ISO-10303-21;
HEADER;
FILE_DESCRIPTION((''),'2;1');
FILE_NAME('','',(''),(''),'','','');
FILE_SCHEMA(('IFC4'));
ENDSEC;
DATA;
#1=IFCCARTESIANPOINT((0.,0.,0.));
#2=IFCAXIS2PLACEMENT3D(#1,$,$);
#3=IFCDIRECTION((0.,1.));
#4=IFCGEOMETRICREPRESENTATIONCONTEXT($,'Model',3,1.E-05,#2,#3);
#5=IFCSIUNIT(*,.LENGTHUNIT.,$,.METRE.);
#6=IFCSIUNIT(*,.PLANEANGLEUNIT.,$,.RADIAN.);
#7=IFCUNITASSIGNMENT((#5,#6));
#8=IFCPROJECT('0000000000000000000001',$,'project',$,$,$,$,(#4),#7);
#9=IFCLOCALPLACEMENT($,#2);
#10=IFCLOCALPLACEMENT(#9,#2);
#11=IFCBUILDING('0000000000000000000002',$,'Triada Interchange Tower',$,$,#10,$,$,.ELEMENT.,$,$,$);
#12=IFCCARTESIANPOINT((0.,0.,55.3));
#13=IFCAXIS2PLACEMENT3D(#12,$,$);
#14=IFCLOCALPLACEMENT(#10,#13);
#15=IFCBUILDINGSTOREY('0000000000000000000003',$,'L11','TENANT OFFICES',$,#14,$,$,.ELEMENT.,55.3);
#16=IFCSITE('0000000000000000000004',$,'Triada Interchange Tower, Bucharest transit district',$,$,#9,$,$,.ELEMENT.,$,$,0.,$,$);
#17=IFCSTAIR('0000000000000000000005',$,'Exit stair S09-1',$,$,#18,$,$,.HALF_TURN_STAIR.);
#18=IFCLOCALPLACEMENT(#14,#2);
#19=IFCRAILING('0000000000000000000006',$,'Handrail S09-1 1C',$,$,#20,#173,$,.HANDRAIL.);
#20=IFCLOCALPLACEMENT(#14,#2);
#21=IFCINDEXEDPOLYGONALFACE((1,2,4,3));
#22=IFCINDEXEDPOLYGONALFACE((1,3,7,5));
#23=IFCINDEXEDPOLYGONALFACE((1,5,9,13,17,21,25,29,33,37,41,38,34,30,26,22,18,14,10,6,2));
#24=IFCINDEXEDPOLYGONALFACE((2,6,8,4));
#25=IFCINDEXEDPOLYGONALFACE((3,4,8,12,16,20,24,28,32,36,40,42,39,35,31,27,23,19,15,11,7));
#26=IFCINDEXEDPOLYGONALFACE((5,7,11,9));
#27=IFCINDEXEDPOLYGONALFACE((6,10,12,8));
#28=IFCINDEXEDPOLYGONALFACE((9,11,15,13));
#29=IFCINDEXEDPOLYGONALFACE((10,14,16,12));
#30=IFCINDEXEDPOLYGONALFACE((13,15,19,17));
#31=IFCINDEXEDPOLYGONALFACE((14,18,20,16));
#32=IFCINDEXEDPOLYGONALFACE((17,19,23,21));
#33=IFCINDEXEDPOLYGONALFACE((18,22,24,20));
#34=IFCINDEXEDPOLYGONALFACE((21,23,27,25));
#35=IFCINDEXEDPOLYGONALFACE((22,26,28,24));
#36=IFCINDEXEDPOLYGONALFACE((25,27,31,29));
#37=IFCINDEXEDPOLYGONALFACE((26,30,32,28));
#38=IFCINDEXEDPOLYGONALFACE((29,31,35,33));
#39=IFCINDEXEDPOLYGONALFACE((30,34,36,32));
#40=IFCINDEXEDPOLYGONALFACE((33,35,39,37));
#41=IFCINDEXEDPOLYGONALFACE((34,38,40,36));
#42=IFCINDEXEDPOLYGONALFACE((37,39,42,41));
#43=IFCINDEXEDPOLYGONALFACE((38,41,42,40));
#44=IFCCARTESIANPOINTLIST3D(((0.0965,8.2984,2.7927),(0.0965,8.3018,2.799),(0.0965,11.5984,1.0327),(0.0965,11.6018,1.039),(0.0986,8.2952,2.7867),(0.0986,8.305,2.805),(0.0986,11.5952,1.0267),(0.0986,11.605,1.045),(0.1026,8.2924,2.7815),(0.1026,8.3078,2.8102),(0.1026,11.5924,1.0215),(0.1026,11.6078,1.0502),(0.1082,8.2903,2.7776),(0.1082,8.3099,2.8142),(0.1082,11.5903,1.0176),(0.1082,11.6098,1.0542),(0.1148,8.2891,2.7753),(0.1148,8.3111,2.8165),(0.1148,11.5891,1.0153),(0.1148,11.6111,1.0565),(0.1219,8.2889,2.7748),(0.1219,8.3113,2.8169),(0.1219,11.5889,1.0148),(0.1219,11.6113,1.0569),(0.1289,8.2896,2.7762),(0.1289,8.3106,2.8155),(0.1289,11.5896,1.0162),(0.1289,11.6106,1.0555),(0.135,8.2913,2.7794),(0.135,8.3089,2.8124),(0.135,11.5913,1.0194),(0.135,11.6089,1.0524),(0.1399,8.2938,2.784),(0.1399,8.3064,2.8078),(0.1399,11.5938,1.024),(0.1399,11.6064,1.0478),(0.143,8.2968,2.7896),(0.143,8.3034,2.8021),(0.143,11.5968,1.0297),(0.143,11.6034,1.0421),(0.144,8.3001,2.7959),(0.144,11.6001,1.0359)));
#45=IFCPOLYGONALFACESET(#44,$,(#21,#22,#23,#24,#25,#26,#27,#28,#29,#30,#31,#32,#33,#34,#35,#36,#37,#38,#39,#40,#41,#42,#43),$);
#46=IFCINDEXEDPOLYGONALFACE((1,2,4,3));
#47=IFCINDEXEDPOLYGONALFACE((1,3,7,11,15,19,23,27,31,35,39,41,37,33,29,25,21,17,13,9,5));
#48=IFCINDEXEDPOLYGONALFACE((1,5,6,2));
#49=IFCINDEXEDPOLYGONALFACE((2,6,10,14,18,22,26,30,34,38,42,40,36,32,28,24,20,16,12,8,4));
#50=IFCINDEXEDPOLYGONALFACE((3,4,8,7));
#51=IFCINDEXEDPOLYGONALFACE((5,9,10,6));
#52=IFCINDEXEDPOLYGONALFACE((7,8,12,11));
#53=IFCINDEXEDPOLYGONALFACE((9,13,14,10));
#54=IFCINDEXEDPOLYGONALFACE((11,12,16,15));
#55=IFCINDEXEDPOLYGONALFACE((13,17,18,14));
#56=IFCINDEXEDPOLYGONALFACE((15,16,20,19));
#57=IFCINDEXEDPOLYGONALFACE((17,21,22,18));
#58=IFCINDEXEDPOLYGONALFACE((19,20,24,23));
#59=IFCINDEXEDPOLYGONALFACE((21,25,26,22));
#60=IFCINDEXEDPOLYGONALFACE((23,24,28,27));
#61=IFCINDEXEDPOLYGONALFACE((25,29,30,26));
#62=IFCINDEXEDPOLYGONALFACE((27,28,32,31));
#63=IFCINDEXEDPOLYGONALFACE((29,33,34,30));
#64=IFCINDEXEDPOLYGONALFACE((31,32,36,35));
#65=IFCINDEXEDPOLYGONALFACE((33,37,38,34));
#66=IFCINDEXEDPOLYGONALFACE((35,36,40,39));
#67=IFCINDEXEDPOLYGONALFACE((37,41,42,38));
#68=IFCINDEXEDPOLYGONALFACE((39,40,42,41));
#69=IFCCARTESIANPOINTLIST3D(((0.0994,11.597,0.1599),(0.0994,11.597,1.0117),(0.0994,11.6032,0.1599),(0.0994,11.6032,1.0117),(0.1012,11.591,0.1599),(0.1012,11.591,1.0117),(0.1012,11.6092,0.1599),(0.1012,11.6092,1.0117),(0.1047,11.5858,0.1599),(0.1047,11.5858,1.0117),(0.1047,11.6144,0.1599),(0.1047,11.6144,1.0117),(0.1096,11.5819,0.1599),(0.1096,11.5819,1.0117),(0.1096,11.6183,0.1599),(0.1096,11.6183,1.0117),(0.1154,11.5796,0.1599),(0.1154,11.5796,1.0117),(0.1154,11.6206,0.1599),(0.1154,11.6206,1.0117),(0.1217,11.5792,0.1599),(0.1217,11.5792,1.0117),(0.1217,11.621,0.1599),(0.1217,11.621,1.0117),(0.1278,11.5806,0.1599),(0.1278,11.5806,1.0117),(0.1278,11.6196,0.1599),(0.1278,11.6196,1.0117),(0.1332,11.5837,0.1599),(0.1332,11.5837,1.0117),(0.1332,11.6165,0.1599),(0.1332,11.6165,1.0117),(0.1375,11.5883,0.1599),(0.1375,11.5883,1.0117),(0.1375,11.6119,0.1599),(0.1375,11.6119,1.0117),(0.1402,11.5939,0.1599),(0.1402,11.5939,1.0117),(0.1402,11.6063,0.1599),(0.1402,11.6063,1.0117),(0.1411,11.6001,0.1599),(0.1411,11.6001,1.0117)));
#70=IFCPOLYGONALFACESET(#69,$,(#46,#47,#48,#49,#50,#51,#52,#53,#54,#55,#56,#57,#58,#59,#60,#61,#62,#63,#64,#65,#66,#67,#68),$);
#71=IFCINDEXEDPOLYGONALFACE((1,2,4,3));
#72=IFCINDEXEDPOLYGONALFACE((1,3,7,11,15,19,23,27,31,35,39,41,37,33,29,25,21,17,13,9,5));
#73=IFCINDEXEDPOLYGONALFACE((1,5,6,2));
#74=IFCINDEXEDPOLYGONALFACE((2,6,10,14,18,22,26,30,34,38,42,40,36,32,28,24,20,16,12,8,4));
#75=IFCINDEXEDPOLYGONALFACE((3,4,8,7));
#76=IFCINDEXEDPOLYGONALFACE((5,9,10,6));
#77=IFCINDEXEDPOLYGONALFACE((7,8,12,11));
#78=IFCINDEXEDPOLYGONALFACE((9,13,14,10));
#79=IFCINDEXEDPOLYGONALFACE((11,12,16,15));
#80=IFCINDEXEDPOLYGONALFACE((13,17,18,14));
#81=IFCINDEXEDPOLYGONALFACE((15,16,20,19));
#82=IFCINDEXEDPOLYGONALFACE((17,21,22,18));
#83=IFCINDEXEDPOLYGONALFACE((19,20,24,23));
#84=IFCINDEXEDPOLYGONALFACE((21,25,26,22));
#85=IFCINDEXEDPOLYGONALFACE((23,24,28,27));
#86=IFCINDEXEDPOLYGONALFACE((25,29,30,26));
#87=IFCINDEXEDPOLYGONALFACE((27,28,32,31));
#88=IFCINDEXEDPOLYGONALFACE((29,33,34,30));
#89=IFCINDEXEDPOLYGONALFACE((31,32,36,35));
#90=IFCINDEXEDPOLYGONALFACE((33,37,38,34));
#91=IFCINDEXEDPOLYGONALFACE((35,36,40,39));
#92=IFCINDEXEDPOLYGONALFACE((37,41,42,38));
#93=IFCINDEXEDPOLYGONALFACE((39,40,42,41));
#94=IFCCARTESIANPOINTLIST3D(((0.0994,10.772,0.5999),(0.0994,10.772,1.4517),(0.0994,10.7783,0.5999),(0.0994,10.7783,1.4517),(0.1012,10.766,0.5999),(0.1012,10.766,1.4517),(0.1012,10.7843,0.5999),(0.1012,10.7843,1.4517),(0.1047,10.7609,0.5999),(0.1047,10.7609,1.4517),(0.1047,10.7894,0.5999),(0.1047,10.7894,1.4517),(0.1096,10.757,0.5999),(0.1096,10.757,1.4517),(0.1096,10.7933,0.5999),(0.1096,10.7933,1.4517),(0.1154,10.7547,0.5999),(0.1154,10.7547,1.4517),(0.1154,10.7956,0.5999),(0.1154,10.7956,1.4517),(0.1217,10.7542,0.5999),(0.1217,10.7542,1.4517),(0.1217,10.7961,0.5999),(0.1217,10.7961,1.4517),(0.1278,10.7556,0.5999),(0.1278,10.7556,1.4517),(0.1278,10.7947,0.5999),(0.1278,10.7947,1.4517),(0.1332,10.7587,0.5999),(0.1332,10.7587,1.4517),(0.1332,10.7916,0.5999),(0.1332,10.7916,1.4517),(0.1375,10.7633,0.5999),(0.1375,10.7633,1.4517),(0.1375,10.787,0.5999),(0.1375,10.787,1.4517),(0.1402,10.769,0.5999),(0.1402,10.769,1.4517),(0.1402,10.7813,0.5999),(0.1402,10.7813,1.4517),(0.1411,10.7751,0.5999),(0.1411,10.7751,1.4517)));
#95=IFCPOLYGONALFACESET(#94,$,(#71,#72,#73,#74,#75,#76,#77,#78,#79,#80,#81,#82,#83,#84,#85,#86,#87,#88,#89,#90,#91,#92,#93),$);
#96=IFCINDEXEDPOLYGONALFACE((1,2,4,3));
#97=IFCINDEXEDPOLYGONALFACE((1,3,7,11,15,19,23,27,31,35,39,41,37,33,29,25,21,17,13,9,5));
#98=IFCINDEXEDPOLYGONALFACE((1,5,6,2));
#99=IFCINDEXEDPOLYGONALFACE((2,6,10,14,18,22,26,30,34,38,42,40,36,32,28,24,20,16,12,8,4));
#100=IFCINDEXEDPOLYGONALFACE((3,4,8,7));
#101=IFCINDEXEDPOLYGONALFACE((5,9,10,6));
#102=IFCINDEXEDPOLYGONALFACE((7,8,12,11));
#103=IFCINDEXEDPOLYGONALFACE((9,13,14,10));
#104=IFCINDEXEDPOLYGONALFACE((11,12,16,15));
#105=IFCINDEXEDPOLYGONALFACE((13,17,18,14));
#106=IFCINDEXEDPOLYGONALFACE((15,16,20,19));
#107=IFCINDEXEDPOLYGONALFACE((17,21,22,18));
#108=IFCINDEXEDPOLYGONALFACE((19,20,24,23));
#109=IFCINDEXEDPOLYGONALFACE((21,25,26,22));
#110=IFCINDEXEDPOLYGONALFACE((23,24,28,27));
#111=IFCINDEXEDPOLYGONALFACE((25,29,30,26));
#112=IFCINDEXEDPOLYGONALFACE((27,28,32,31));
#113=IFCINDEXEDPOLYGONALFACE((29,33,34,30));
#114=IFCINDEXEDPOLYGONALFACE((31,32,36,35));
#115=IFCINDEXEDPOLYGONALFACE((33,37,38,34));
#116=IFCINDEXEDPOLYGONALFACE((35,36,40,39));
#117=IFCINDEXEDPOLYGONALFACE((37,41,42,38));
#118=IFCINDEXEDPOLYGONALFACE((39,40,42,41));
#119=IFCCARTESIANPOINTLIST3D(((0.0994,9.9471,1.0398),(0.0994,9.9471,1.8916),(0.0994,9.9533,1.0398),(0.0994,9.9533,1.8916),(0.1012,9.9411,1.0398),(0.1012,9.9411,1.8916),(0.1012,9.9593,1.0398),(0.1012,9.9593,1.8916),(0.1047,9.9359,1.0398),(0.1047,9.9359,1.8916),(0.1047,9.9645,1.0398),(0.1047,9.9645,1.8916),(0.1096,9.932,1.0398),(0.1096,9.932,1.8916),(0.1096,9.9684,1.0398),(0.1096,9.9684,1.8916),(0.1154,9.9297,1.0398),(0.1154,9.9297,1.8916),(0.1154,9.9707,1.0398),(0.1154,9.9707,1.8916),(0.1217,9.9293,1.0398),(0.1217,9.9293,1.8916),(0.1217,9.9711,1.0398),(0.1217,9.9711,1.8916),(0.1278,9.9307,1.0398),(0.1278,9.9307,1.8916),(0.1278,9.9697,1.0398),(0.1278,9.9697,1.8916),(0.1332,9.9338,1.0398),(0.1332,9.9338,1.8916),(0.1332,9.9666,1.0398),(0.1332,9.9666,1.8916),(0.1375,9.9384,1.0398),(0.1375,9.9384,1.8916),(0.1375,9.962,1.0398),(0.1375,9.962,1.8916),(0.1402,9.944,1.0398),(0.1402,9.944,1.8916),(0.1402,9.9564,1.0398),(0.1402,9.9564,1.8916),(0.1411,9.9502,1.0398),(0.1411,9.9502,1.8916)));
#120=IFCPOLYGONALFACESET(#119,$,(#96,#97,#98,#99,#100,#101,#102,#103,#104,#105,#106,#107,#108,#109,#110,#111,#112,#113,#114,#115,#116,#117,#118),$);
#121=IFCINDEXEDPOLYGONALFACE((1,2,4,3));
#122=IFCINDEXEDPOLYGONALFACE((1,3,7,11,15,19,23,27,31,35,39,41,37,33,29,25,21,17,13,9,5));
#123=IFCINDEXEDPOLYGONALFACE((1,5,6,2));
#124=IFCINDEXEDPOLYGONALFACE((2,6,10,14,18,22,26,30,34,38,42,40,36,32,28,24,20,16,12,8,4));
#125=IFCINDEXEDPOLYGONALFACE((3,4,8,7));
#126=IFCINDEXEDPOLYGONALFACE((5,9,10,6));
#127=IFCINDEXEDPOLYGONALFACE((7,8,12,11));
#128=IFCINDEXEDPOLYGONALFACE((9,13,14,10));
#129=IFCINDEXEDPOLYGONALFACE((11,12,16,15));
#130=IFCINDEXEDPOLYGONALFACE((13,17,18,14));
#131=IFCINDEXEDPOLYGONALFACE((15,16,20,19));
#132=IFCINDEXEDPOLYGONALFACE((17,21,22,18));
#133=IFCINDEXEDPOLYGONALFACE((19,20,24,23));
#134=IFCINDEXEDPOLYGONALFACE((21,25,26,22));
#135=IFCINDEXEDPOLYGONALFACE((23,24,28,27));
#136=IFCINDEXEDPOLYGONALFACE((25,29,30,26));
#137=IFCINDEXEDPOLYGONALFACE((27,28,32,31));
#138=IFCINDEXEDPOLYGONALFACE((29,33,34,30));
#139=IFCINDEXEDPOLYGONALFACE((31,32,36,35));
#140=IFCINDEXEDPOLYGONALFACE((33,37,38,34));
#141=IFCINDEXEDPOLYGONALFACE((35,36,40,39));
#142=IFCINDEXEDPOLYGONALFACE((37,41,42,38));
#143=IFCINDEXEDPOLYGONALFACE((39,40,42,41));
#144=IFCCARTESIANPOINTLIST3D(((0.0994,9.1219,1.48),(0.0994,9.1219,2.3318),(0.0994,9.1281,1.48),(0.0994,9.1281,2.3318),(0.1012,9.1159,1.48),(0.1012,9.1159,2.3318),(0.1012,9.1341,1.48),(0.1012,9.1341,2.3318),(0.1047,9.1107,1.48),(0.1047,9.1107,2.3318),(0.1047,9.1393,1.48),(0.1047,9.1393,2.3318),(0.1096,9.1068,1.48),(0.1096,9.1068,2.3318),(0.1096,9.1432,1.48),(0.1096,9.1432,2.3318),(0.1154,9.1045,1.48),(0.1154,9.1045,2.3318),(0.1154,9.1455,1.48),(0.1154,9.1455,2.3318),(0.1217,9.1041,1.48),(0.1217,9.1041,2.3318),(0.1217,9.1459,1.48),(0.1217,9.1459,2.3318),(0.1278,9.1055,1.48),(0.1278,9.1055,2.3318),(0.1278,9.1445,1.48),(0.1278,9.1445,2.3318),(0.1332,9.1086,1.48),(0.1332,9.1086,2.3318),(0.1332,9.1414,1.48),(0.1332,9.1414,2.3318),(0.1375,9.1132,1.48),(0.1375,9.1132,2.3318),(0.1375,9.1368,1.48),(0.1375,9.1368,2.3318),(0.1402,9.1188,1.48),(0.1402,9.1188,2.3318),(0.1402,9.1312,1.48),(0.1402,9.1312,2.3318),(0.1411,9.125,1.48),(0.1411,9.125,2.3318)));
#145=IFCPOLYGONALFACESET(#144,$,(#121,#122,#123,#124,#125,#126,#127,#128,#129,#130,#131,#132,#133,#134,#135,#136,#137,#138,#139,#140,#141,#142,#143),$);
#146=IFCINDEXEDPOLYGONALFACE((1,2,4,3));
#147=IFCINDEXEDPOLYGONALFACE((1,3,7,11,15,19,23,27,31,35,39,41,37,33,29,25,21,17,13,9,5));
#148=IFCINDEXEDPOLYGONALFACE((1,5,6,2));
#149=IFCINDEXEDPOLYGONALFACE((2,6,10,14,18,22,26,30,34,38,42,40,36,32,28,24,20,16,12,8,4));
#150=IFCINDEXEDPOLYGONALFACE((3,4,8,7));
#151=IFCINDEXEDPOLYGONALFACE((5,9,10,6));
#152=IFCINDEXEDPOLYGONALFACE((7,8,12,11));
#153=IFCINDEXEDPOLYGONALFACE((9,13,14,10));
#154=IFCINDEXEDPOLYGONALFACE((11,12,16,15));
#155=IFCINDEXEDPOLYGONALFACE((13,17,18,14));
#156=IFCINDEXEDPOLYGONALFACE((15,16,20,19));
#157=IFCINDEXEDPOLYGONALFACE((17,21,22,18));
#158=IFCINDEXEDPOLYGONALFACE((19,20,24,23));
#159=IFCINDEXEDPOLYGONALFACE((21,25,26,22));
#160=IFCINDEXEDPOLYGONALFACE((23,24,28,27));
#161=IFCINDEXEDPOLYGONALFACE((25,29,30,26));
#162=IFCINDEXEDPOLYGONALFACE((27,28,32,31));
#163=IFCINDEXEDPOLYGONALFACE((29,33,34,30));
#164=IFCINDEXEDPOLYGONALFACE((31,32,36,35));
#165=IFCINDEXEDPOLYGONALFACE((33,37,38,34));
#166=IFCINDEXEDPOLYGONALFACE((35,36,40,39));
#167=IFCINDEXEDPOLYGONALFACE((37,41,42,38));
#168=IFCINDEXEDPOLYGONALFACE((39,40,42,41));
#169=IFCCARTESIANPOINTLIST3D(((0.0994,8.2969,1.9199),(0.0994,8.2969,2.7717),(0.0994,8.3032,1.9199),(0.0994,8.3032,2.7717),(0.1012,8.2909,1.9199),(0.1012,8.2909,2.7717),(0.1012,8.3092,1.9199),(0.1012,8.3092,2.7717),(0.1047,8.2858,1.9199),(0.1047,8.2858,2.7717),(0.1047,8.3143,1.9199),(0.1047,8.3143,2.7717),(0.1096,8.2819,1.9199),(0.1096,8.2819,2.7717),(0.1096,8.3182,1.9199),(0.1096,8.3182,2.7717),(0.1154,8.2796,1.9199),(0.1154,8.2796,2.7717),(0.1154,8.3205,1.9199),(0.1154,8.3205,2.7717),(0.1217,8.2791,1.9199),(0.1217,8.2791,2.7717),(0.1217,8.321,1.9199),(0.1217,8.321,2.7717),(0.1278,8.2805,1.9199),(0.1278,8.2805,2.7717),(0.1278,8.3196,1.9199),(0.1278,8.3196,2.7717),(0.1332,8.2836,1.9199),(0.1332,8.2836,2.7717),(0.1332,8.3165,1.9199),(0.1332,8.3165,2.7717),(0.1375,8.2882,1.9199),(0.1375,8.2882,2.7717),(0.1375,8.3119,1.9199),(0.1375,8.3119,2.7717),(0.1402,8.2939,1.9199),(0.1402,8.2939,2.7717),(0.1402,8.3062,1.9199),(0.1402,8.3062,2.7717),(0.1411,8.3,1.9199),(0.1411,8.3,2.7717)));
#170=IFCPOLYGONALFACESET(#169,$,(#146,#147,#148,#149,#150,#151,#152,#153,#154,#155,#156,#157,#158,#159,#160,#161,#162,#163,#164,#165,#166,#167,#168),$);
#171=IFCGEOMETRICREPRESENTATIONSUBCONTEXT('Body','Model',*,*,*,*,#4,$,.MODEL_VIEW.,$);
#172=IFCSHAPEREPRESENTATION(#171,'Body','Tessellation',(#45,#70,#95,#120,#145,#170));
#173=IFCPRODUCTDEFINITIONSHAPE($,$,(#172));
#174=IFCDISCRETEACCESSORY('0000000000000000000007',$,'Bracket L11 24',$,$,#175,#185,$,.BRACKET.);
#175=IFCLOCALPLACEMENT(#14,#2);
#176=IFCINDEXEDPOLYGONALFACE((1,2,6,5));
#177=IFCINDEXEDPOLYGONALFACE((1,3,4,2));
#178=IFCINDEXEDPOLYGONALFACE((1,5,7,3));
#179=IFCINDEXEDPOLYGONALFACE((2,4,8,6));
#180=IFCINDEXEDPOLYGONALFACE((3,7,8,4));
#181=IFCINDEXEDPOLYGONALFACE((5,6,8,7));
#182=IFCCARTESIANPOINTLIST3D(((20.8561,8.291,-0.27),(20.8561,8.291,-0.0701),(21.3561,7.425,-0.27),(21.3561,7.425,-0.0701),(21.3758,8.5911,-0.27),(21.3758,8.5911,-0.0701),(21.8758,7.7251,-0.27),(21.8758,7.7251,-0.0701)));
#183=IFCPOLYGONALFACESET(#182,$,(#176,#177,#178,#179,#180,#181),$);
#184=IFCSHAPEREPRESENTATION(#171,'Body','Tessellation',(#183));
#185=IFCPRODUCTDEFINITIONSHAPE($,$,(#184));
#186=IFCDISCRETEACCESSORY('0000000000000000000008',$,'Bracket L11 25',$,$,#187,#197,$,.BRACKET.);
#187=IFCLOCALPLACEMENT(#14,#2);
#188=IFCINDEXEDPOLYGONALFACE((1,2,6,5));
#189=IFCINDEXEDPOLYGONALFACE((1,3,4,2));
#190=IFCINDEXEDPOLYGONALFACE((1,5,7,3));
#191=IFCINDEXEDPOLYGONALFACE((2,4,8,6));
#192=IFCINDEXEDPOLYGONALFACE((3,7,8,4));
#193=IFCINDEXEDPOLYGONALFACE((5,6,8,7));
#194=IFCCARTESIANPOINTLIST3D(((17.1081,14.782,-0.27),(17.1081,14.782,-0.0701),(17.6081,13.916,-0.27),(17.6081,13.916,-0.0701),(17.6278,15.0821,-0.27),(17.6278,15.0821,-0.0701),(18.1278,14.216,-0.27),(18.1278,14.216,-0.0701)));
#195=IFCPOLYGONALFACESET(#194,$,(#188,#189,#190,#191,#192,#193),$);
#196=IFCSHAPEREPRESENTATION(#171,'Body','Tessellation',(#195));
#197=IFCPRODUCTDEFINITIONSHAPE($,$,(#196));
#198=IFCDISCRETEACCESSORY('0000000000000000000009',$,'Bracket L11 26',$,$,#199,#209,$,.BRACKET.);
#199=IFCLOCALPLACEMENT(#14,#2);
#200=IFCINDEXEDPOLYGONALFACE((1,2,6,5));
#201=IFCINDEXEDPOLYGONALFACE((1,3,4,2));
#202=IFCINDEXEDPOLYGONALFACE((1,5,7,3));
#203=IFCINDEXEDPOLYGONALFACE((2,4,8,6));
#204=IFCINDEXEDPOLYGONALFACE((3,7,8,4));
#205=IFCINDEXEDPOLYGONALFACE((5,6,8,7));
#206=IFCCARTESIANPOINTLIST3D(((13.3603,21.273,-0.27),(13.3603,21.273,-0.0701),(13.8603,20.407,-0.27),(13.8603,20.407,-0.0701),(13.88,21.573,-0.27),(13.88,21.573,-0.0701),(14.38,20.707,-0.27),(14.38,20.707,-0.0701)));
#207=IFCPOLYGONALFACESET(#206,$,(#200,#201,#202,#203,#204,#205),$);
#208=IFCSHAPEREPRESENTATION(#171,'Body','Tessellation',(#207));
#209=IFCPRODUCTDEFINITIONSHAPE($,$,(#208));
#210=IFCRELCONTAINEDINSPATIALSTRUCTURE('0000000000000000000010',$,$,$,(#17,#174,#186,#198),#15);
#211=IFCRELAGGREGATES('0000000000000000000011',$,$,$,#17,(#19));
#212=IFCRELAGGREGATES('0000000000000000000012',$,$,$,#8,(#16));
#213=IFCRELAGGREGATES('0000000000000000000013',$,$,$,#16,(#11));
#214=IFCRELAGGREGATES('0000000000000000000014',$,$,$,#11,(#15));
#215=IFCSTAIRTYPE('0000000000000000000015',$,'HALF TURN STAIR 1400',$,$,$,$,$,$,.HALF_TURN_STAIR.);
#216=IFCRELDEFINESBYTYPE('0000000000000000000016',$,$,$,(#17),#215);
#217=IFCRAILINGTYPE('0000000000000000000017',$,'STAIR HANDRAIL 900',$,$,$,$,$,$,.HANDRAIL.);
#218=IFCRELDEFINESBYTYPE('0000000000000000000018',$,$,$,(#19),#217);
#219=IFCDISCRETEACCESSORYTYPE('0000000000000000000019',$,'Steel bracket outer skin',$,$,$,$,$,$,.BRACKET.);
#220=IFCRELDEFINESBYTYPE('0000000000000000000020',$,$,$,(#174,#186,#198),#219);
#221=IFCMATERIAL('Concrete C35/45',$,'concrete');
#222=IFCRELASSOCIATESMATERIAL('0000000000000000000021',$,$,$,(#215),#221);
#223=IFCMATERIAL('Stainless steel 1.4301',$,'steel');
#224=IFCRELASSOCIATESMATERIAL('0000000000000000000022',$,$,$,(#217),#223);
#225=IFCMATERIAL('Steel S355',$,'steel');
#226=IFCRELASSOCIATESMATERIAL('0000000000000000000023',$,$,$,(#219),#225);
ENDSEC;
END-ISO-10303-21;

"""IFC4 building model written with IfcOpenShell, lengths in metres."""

from ifc_helpers import new_model, si_unit, direction, frame, origin, origin_2d, place, context, subcontext, project, spatial, rectangle, circle, extrude, material, type_object, element, aggregate, save


model = new_model("IFC4")

# Units and contexts
model_context = context("Model", 3, precision=1e-05, world=origin(), true_north=direction((0.0, 1.0)))
body_context = subcontext(model_context, "Body", "Model", "MODEL_VIEW")
ifc_project = project(units=[si_unit("LENGTHUNIT", "METRE"), si_unit("PLANEANGLEUNIT", "RADIAN")], contexts=[model_context])

# Site, building, storey
site_placement = place(None, origin())
site = spatial("IfcSite", under=ifc_project, at=site_placement, Name="Triada Interchange Tower, Bucharest transit district", CompositionType="ELEMENT", RefElevation=0.0)
building_placement = place(site_placement, origin())
building = spatial("IfcBuilding", under=site, at=building_placement, Name="Triada Interchange Tower", CompositionType="ELEMENT")
storey_placement = place(building_placement, frame((0.0, 0.0, 55.3)))
storey = spatial("IfcBuildingStorey", under=building, at=storey_placement, Name="L11", Description="TENANT OFFICES", CompositionType="ELEMENT", Elevation=55.3)

# Stair
ifc_material_1 = material(Name="Concrete C35/45", Category="concrete")
stair_type = type_object("IfcStairType", Name="HALF TURN STAIR 1400", PredefinedType="HALF_TURN_STAIR", material=ifc_material_1)
stair_placement = place(storey_placement, origin())
stair = element("IfcStair", 1, at=stair_placement, inside=storey, type_object=stair_type, Name="Exit stair S09-1", PredefinedType="HALF_TURN_STAIR")

# Railing
ifc_material_2 = material(Name="Stainless steel 1.4301", Category="steel")
railing_type = type_object("IfcRailingType", Name="STAIR HANDRAIL 900", PredefinedType="HANDRAIL", material=ifc_material_2)
railing_1_placement = place(storey_placement, frame((0.1201, 11.6001, 0.1599)))
railing_1 = element("IfcRailing", 2, at=railing_1_placement, type_object=railing_type, Name="Handrail S09-1 1C", PredefinedType="HANDRAIL", context=body_context, shape_type="SweptSolid", body=[
    extrude(circle(Radius=0.0239, at=origin_2d()), frame((0.0, 0.0, 0.876), z_axis=(0.0, -0.882355, 0.470585), x_axis=(1.0, 0.0, 0.0)), (0.0, 0.0, 1.0), 3.74),
    extrude(circle(Radius=0.021, at=origin_2d()), origin(), (0.0, 0.0, 1.0), 0.8518),
    extrude(circle(Radius=0.021, at=origin_2d()), frame((0.0, -0.825, 0.4399)), (0.0, 0.0, 1.0), 0.8518),
    extrude(circle(Radius=0.021, at=origin_2d()), frame((0.0, -1.6499, 0.8799)), (0.0, 0.0, 1.0), 0.8518),
    extrude(circle(Radius=0.021, at=origin_2d()), frame((0.0, -2.4751, 1.3201)), (0.0, 0.0, 1.0), 0.8518),
    extrude(circle(Radius=0.021, at=origin_2d()), frame((0.0, -3.3, 1.76)), (0.0, 0.0, 1.0), 0.8518),
])
aggregate(stair, [railing_1])

# Discrete accessories
ifc_material_3 = material(Name="Steel S355", Category="steel")
discrete_accessory_type = type_object("IfcDiscreteAccessoryType", Name="Steel bracket outer skin", PredefinedType="BRACKET", material=ifc_material_3)
for number, where, z_axis, x_axis, name in (
    (3, (21.366, 8.0081, -0.27), (0.0, 0.0, 1.0), (0.866026, 0.499999, 0.0), "Bracket L11 24"),
    (4, (17.6179, 14.499, -0.27), (0.0, 0.0, 1.0), (0.866026, 0.499999, 0.0), "Bracket L11 25"),
    (5, (13.8701, 20.99, -0.27), (0.0, 0.0, 1.0), (0.866026, 0.499999, 0.0), "Bracket L11 26"),
):
    element("IfcDiscreteAccessory", number, at=place(storey_placement, frame(where, z_axis=z_axis, x_axis=x_axis)), inside=storey, type_object=discrete_accessory_type, Name=name, PredefinedType="BRACKET", context=body_context, shape_type="SweptSolid", body=[
        extrude(rectangle(XDim=0.6001, YDim=1.0, at=origin_2d()), origin(), (0.0, 0.0, 1.0), 0.2),
    ])

save(model, "model.ifc")
